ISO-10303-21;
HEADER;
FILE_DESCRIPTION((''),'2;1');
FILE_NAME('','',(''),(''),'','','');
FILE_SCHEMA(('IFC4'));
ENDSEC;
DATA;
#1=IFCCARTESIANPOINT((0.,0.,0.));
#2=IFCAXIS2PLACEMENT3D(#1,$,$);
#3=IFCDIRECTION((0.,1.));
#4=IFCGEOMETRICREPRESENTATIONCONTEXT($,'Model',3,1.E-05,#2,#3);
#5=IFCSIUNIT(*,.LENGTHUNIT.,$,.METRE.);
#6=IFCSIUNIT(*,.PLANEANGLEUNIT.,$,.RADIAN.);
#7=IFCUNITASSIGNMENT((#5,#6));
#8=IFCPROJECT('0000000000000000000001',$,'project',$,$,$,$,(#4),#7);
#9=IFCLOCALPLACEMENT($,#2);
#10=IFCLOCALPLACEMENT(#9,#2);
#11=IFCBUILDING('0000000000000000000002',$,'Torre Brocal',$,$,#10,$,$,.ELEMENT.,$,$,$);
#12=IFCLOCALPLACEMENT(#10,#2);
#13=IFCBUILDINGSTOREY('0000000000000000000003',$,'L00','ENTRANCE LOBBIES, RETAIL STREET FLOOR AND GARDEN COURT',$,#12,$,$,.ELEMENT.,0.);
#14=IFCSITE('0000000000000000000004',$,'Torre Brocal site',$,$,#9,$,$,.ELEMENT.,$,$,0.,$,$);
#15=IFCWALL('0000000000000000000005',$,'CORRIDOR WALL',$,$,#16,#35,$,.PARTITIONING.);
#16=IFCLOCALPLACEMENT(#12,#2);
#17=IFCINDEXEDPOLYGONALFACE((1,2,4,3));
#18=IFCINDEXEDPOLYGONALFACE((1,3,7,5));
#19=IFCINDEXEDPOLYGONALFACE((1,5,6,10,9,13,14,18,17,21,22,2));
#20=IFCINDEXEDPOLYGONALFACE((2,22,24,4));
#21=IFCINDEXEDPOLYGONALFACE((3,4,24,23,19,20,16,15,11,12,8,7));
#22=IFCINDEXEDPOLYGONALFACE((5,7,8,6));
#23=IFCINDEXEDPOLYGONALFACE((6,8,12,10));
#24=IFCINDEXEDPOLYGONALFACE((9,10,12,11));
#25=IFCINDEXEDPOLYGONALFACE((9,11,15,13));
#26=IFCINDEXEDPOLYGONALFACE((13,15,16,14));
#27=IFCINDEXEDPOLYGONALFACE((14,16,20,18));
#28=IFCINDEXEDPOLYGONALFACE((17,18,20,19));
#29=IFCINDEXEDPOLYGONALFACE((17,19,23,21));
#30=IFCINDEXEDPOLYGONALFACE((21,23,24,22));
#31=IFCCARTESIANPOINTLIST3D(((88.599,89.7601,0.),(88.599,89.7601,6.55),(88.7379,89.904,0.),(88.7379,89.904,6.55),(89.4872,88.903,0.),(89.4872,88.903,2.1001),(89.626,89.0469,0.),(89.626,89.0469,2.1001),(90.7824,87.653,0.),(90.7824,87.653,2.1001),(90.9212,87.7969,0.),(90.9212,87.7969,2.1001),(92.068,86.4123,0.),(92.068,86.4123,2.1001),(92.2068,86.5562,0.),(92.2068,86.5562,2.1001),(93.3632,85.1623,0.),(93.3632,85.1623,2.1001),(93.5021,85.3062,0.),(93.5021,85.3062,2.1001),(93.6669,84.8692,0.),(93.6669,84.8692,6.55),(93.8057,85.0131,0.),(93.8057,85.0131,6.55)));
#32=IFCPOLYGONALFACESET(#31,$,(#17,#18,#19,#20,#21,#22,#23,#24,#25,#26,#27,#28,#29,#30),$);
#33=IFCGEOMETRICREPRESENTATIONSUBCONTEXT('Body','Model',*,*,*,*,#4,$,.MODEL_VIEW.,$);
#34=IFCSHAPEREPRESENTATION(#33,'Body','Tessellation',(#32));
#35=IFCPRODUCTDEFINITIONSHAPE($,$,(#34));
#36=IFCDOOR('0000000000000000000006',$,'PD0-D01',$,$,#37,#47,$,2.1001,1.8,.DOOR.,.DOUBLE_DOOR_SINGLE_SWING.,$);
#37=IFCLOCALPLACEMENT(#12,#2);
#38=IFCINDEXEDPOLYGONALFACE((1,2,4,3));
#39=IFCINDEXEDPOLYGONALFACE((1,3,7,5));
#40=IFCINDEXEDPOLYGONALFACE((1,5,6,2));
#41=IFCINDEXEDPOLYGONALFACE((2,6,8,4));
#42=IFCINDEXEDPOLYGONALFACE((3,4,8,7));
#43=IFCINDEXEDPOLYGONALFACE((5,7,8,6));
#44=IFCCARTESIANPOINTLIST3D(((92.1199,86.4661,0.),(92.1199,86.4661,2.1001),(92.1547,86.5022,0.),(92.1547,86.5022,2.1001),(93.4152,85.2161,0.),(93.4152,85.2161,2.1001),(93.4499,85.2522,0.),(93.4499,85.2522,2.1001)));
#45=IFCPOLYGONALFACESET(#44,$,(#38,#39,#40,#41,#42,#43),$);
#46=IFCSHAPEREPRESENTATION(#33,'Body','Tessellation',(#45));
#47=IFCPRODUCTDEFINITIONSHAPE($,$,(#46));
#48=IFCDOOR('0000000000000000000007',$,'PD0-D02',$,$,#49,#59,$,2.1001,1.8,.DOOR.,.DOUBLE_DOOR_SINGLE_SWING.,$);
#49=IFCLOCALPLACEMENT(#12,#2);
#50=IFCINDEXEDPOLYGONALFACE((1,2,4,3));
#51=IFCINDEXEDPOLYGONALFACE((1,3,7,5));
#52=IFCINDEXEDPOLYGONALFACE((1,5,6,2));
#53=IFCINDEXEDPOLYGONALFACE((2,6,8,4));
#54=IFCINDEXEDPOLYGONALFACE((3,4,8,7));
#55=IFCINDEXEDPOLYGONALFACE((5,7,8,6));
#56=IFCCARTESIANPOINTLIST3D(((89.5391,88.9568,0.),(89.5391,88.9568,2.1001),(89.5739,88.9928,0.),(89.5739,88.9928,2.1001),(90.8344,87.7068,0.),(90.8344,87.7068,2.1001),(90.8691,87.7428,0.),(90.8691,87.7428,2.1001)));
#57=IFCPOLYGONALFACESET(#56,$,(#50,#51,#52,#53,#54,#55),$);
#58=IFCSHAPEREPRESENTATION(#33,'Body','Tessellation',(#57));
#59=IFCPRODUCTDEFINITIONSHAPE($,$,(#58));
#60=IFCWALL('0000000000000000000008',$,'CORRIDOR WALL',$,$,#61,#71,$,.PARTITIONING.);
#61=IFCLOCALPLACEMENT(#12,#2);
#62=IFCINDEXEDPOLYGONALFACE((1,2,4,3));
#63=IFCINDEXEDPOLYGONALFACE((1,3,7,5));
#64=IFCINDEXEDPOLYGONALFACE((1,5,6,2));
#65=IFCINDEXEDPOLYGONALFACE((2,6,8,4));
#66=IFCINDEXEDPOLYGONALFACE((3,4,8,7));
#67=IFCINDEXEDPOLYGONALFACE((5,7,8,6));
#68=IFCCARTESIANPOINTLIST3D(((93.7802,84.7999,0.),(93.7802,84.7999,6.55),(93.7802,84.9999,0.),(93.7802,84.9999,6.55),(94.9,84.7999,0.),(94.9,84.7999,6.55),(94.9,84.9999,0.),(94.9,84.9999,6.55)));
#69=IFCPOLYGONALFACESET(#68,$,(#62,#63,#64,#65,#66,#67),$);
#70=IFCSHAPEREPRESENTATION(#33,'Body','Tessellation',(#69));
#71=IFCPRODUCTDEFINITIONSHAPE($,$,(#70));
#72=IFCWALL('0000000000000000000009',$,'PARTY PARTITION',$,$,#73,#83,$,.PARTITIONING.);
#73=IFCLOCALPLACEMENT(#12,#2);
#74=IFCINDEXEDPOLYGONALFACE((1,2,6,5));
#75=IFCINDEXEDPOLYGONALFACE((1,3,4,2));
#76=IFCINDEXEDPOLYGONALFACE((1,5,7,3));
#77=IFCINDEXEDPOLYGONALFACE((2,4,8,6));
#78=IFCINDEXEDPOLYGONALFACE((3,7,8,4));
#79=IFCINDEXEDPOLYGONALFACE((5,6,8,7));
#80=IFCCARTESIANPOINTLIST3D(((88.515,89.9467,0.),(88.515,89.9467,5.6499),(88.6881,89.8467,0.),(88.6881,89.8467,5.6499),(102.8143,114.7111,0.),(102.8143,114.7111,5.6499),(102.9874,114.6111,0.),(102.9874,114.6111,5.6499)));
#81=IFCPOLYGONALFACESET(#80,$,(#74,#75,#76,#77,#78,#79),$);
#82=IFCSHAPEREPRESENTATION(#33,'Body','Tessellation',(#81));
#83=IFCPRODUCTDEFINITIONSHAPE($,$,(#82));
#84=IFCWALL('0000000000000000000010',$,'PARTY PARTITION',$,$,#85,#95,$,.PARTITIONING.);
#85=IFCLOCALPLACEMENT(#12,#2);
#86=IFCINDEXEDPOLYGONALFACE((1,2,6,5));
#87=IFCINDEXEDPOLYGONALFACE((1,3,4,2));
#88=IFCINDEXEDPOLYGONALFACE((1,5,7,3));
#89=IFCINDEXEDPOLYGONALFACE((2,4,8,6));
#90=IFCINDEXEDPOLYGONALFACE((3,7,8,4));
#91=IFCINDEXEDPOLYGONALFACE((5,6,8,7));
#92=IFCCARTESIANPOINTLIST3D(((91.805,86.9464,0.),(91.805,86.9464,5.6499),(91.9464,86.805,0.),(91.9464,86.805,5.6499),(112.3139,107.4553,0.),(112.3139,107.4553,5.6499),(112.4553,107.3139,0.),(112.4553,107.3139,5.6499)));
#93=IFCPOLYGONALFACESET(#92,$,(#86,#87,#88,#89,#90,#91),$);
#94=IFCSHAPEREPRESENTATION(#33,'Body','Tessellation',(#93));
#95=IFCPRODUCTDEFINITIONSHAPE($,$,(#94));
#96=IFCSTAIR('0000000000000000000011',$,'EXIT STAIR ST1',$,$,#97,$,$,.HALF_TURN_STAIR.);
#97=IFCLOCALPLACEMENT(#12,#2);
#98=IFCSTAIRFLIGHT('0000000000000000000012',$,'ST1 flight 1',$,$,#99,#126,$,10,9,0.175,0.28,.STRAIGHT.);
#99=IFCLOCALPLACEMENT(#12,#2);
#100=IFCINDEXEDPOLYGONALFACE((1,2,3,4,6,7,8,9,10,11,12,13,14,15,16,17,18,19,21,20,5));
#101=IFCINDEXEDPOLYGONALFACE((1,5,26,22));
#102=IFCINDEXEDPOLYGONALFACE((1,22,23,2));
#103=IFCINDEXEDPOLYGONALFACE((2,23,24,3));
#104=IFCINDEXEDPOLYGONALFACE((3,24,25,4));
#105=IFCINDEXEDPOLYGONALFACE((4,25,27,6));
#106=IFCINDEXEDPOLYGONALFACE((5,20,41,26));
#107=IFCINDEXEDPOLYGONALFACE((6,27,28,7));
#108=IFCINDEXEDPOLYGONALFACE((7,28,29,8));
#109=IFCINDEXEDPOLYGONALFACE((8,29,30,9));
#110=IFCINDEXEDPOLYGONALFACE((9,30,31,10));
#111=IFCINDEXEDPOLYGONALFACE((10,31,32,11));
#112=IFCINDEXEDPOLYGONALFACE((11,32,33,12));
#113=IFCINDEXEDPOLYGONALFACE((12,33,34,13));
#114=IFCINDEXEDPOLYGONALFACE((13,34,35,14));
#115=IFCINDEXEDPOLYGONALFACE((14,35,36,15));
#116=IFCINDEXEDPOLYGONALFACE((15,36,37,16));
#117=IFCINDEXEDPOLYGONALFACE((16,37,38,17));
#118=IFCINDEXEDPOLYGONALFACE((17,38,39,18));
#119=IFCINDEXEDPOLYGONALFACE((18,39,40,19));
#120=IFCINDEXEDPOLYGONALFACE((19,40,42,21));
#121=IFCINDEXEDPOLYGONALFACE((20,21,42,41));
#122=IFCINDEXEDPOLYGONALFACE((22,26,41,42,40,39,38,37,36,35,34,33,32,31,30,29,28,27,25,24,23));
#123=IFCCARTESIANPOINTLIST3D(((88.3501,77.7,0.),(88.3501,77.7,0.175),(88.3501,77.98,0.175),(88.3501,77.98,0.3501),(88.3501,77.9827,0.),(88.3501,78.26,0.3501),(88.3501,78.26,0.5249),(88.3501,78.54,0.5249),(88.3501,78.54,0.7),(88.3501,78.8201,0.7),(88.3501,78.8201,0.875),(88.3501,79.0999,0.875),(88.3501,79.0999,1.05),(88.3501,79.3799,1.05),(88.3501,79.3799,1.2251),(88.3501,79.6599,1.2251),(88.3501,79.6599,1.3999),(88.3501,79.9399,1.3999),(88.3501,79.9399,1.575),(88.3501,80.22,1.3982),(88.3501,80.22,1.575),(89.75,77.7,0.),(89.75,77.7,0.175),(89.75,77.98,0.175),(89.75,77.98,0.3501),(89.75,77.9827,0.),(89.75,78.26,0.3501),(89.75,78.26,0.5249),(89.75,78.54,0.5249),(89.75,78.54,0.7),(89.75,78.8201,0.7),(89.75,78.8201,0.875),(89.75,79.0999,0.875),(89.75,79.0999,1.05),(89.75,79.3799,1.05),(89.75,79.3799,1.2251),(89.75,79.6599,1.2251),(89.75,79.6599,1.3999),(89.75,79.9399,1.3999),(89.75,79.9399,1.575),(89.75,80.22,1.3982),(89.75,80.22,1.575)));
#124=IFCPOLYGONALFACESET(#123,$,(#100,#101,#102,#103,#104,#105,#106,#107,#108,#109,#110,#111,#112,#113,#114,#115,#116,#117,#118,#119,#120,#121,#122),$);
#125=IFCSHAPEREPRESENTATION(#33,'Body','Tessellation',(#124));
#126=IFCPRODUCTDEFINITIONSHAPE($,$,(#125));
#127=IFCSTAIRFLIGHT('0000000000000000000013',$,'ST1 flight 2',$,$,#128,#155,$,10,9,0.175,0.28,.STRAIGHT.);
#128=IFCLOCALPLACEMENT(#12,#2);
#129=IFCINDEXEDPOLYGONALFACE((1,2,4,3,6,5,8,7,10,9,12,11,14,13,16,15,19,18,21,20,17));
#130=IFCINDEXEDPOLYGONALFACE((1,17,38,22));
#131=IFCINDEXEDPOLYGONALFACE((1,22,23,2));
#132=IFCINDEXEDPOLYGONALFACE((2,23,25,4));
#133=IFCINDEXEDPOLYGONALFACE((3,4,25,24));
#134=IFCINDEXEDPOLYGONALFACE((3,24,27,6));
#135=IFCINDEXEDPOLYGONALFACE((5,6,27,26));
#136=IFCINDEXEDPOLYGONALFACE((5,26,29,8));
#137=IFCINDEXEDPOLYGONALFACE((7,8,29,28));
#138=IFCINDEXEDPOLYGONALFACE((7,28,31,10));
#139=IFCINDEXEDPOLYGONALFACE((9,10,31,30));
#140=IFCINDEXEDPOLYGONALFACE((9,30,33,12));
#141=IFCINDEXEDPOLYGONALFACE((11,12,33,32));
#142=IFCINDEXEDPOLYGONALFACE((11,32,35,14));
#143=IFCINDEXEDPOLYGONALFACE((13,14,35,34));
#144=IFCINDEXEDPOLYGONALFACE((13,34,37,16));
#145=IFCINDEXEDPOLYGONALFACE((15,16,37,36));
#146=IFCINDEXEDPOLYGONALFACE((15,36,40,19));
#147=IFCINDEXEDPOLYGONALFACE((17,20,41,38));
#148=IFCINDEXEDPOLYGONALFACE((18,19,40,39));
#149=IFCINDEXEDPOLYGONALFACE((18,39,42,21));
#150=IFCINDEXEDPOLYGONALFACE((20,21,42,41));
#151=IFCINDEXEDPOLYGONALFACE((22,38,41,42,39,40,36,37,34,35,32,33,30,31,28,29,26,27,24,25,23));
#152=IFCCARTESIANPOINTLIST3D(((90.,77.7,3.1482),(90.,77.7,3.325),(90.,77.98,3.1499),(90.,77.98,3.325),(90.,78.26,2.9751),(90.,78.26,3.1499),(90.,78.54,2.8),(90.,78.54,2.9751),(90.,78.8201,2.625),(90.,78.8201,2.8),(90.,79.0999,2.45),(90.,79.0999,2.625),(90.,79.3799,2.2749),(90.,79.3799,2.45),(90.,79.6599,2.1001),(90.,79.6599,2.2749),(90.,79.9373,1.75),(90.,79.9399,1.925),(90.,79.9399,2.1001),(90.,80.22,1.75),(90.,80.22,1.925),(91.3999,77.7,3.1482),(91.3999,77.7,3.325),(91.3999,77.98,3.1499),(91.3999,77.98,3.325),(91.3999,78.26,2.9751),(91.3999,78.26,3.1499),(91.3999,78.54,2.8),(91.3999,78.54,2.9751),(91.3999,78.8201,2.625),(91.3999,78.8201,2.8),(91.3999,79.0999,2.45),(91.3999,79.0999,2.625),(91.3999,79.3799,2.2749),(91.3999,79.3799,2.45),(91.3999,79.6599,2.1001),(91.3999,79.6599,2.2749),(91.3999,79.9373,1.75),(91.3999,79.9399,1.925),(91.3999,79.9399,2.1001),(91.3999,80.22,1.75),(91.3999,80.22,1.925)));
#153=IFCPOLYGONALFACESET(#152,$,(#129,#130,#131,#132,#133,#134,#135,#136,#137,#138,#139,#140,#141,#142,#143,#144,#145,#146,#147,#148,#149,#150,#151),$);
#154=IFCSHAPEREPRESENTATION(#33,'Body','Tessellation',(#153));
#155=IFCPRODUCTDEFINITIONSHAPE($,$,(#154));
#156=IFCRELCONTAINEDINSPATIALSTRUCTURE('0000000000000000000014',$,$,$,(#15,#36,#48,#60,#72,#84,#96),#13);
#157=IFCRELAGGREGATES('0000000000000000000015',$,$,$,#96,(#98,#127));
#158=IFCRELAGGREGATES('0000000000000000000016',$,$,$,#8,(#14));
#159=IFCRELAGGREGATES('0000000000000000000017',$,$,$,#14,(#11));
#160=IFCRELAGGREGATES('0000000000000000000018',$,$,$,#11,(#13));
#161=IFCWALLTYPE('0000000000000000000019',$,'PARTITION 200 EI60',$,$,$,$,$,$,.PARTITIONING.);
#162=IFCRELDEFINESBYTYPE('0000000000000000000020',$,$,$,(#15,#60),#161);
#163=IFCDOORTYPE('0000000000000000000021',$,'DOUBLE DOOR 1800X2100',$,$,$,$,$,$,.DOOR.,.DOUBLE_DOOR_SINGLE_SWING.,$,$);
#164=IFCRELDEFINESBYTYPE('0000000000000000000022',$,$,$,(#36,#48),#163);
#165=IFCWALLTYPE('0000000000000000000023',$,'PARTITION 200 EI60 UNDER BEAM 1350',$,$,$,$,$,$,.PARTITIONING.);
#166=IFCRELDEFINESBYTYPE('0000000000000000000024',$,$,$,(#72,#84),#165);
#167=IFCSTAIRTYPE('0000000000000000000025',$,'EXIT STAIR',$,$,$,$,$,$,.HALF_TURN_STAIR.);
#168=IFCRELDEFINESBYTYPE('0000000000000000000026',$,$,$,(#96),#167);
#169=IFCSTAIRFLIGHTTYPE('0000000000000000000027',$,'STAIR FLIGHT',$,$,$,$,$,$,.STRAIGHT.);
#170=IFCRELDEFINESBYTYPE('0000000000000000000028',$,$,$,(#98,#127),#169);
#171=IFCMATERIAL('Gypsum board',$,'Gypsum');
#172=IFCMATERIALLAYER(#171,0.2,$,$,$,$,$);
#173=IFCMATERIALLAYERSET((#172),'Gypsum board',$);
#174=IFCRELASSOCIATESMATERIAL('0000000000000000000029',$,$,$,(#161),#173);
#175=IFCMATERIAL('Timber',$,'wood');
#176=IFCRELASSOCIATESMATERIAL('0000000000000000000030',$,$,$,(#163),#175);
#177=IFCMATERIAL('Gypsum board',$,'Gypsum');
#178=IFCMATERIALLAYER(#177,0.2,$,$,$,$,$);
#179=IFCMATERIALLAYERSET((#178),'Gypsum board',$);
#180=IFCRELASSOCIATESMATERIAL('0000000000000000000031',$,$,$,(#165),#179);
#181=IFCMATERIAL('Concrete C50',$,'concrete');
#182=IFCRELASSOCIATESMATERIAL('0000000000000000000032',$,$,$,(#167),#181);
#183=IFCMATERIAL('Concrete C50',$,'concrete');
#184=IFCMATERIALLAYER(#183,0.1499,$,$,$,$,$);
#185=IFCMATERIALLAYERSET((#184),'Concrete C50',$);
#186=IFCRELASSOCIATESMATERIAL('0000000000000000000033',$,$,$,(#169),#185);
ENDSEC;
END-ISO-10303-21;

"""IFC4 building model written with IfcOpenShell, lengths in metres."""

from ifc_helpers import new_model, si_unit, direction, frame, frame_2d, origin, place, context, subcontext, project, spatial, polyline, rectangle, outline, extrude, material, layer, layer_set, type_object, element, fill, aggregate, save


model = new_model("IFC4")

# Units and contexts
model_context = context("Model", 3, precision=1e-05, world=origin(), true_north=direction((0.0, 1.0)))
body_context = subcontext(model_context, "Body", "Model", "MODEL_VIEW")
ifc_project = project(units=[si_unit("LENGTHUNIT", "METRE"), si_unit("PLANEANGLEUNIT", "RADIAN")], contexts=[model_context])

# Site, building, storey
site_placement = place(None, origin())
site = spatial("IfcSite", under=ifc_project, at=site_placement, Name="Torre Brocal site", CompositionType="ELEMENT", RefElevation=0.0)
building_placement = place(site_placement, origin())
building = spatial("IfcBuilding", under=site, at=building_placement, Name="Torre Brocal", CompositionType="ELEMENT")
storey_placement = place(building_placement, origin())
storey = spatial("IfcBuildingStorey", under=building, at=storey_placement, Name="L00", Description="ENTRANCE LOBBIES, RETAIL STREET FLOOR AND GARDEN COURT", CompositionType="ELEMENT", Elevation=0.0)

# Shared definitions
ifc_material_1 = material(Name="Gypsum board", Category="Gypsum")
ifc_layer_1 = layer(ifc_material_1, 0.2)
ifc_layer_set_1 = layer_set([ifc_layer_1], Name="Gypsum board")
wall_type_1 = type_object("IfcWallType", Name="PARTITION 200 EI60", PredefinedType="PARTITIONING", material=ifc_layer_set_1)

# Wall, openings, doors
wall_1_placement = place(storey_placement, frame((88.6685, 89.832, 0.0), z_axis=(0.0, 0.0, 1.0), x_axis=(0.719561, -0.694429, 0.0)))
wall_1 = element("IfcWall", 1, at=wall_1_placement, inside=storey, type_object=wall_type_1, Name="CORRIDOR WALL", PredefinedType="PARTITIONING", context=body_context, shape_type="SweptSolid", body=[
    extrude(rectangle(XDim=7.043, YDim=0.2, at=frame_2d((3.5215, 0.0))), origin(), (0.0, 0.0, 1.0), 6.55),
])
opening_1_placement = place(wall_1_placement, frame((4.821, 0.0, 0.0)))
opening_1 = element("IfcOpeningElement", 2, at=opening_1_placement, cuts=wall_1, PredefinedType="OPENING", context=body_context, shape_type="SweptSolid", body=[
    extrude(rectangle(XDim=1.8, YDim=2.1001, at=frame_2d((0.8999, 1.05))), frame((0.0, 0.1099, 0.0), z_axis=(0.0, -1.0, 0.0), x_axis=(1.0, 0.0, 0.0)), (0.0, 0.0, 1.0), 0.22),
])
opening_2_placement = place(wall_1_placement, frame((1.2344, 0.0, 0.0)))
opening_2 = element("IfcOpeningElement", 3, at=opening_2_placement, cuts=wall_1, PredefinedType="OPENING", context=body_context, shape_type="SweptSolid", body=[
    extrude(rectangle(XDim=1.8, YDim=2.1001, at=frame_2d((0.8999, 1.05))), frame((0.0, 0.1099, 0.0), z_axis=(0.0, -1.0, 0.0), x_axis=(1.0, 0.0, 0.0)), (0.0, 0.0, 1.0), 0.22),
])
ifc_material_2 = material(Name="Timber", Category="wood")
door_type_1 = type_object("IfcDoorType", Name="DOUBLE DOOR 1800X2100", OperationType="DOUBLE_DOOR_SINGLE_SWING", PredefinedType="DOOR", material=ifc_material_2)
door_1_placement = place(opening_1_placement, origin())
door_1 = element("IfcDoor", 4, at=door_1_placement, inside=storey, type_object=door_type_1, Name="PD0-D01", OperationType="DOUBLE_DOOR_SINGLE_SWING", OverallHeight=2.1001, OverallWidth=1.8, PredefinedType="DOOR", context=body_context, shape_type="SweptSolid", body=[
    extrude(rectangle(XDim=1.8, YDim=2.1001, at=frame_2d((0.8999, 1.05))), frame((0.0, 0.0249, 0.0), z_axis=(0.0, -1.0, 0.0), x_axis=(1.0, 0.0, 0.0)), (0.0, 0.0, 1.0), 0.05),
])
fill(opening_1, door_1)
door_2_placement = place(opening_2_placement, origin())
door_2 = element("IfcDoor", 5, at=door_2_placement, inside=storey, type_object=door_type_1, Name="PD0-D02", OperationType="DOUBLE_DOOR_SINGLE_SWING", OverallHeight=2.1001, OverallWidth=1.8, PredefinedType="DOOR", context=body_context, shape_type="SweptSolid", body=[
    extrude(rectangle(XDim=1.8, YDim=2.1001, at=frame_2d((0.8999, 1.05))), frame((0.0, 0.0249, 0.0), z_axis=(0.0, -1.0, 0.0), x_axis=(1.0, 0.0, 0.0)), (0.0, 0.0, 1.0), 0.05),
])
fill(opening_2, door_2)

# Walls
wall_2_placement = place(storey_placement, frame((93.78, 84.8999, 0.0), z_axis=(0.0, 0.0, 1.0), x_axis=(1.0, 0.0, 0.0)))
element("IfcWall", 6, at=wall_2_placement, inside=storey, type_object=wall_type_1, Name="CORRIDOR WALL", PredefinedType="PARTITIONING", context=body_context, shape_type="SweptSolid", body=[
    extrude(rectangle(XDim=1.1199, YDim=0.2, at=frame_2d((0.5601, 0.0))), origin(), (0.0, 0.0, 1.0), 6.55),
])
ifc_material_3 = material(Name="Gypsum board", Category="Gypsum")
ifc_layer_2 = layer(ifc_material_3, 0.2)
ifc_layer_set_2 = layer_set([ifc_layer_2], Name="Gypsum board")
wall_type_2 = type_object("IfcWallType", Name="PARTITION 200 EI60 UNDER BEAM 1350", PredefinedType="PARTITIONING", material=ifc_layer_set_2)
wall_3_placement = place(storey_placement, frame((88.6016, 89.8967, 0.0), z_axis=(0.0, 0.0, 1.0), x_axis=(0.500041, 0.866001, 0.0)))
element("IfcWall", 7, at=wall_3_placement, inside=storey, type_object=wall_type_2, Name="PARTY PARTITION", PredefinedType="PARTITIONING", context=body_context, shape_type="SweptSolid", body=[
    extrude(rectangle(XDim=28.5962, YDim=0.2, at=frame_2d((14.2981, 0.0))), origin(), (0.0, 0.0, 1.0), 5.6499),
])
wall_4_placement = place(storey_placement, frame((91.8757, 86.8757, 0.0), z_axis=(0.0, 0.0, 1.0), x_axis=(0.707107, 0.707107, 0.0)))
element("IfcWall", 8, at=wall_4_placement, inside=storey, type_object=wall_type_2, Name="PARTY PARTITION", PredefinedType="PARTITIONING", context=body_context, shape_type="SweptSolid", body=[
    extrude(rectangle(XDim=29.0039, YDim=0.2, at=frame_2d((14.502, 0.0))), origin(), (0.0, 0.0, 1.0), 5.6499),
])

# Stair, stair flights
ifc_material_4 = material(Name="Concrete C50", Category="concrete")
stair_type = type_object("IfcStairType", Name="EXIT STAIR", PredefinedType="HALF_TURN_STAIR", material=ifc_material_4)
stair_placement = place(storey_placement, origin())
stair = element("IfcStair", 9, at=stair_placement, inside=storey, type_object=stair_type, Name="EXIT STAIR ST1", PredefinedType="HALF_TURN_STAIR")
ifc_material_5 = material(Name="Concrete C50", Category="concrete")
ifc_layer_3 = layer(ifc_material_5, 0.1499)
ifc_layer_set_3 = layer_set([ifc_layer_3], Name="Concrete C50")
stair_flight_type = type_object("IfcStairFlightType", Name="STAIR FLIGHT", PredefinedType="STRAIGHT", material=ifc_layer_set_3)
stair_flight_1_placement = place(storey_placement, frame((89.05, 77.7, 0.0), z_axis=(0.0, 0.0, 1.0), x_axis=(0.0, 1.0, 0.0)))
stair_flight_1 = element("IfcStairFlight", 10, at=stair_flight_1_placement, type_object=stair_flight_type, Name="ST1 flight 1", NumberOfRisers=10, NumberOfTreads=9, PredefinedType="STRAIGHT", RiserHeight=0.175, TreadLength=0.28, context=body_context, shape_type="SweptSolid", body=[
    extrude(outline(polyline([(0.0, 0.0), (0.0, 0.175), (0.28, 0.175), (0.28, 0.3501), (0.5601, 0.3501), (0.5601, 0.5249), (0.8401, 0.5249), (0.8401, 0.7), (1.1201, 0.7), (1.1201, 0.875), (1.3999, 0.875), (1.3999, 1.05), (1.6799, 1.05), (1.6799, 1.2251), (1.96, 1.2251), (1.96, 1.3999), (2.24, 1.3999), (2.24, 1.575), (2.52, 1.575), (2.52, 1.75), (2.52, 1.3982), (0.2827, 0.0), (0.0, 0.0)])), frame((0.0, 0.7, 0.0), z_axis=(0.0, -1.0, 0.0), x_axis=(1.0, 0.0, 0.0)), (0.0, 0.0, 1.0), 1.3999),
])
stair_flight_2_placement = place(storey_placement, frame((90.7, 80.22, 1.75), z_axis=(0.0, 0.0, 1.0), x_axis=(0.0, -1.0, 0.0)))
stair_flight_2 = element("IfcStairFlight", 11, at=stair_flight_2_placement, type_object=stair_flight_type, Name="ST1 flight 2", NumberOfRisers=10, NumberOfTreads=9, PredefinedType="STRAIGHT", RiserHeight=0.175, TreadLength=0.28, context=body_context, shape_type="SweptSolid", body=[
    extrude(outline(polyline([(0.0, 0.0), (0.0, 0.175), (0.28, 0.175), (0.28, 0.3501), (0.5601, 0.3501), (0.5601, 0.5249), (0.8401, 0.5249), (0.8401, 0.7), (1.1201, 0.7), (1.1201, 0.875), (1.3999, 0.875), (1.3999, 1.05), (1.6799, 1.05), (1.6799, 1.2251), (1.96, 1.2251), (1.96, 1.3999), (2.24, 1.3999), (2.24, 1.575), (2.52, 1.575), (2.52, 1.75), (2.52, 1.3982), (0.2827, 0.0), (0.0, 0.0)])), frame((0.0, 0.7, 0.0), z_axis=(0.0, -1.0, 0.0), x_axis=(1.0, 0.0, 0.0)), (0.0, 0.0, 1.0), 1.3999),
])
aggregate(stair, [stair_flight_1, stair_flight_2])

save(model, "model.ifc")
